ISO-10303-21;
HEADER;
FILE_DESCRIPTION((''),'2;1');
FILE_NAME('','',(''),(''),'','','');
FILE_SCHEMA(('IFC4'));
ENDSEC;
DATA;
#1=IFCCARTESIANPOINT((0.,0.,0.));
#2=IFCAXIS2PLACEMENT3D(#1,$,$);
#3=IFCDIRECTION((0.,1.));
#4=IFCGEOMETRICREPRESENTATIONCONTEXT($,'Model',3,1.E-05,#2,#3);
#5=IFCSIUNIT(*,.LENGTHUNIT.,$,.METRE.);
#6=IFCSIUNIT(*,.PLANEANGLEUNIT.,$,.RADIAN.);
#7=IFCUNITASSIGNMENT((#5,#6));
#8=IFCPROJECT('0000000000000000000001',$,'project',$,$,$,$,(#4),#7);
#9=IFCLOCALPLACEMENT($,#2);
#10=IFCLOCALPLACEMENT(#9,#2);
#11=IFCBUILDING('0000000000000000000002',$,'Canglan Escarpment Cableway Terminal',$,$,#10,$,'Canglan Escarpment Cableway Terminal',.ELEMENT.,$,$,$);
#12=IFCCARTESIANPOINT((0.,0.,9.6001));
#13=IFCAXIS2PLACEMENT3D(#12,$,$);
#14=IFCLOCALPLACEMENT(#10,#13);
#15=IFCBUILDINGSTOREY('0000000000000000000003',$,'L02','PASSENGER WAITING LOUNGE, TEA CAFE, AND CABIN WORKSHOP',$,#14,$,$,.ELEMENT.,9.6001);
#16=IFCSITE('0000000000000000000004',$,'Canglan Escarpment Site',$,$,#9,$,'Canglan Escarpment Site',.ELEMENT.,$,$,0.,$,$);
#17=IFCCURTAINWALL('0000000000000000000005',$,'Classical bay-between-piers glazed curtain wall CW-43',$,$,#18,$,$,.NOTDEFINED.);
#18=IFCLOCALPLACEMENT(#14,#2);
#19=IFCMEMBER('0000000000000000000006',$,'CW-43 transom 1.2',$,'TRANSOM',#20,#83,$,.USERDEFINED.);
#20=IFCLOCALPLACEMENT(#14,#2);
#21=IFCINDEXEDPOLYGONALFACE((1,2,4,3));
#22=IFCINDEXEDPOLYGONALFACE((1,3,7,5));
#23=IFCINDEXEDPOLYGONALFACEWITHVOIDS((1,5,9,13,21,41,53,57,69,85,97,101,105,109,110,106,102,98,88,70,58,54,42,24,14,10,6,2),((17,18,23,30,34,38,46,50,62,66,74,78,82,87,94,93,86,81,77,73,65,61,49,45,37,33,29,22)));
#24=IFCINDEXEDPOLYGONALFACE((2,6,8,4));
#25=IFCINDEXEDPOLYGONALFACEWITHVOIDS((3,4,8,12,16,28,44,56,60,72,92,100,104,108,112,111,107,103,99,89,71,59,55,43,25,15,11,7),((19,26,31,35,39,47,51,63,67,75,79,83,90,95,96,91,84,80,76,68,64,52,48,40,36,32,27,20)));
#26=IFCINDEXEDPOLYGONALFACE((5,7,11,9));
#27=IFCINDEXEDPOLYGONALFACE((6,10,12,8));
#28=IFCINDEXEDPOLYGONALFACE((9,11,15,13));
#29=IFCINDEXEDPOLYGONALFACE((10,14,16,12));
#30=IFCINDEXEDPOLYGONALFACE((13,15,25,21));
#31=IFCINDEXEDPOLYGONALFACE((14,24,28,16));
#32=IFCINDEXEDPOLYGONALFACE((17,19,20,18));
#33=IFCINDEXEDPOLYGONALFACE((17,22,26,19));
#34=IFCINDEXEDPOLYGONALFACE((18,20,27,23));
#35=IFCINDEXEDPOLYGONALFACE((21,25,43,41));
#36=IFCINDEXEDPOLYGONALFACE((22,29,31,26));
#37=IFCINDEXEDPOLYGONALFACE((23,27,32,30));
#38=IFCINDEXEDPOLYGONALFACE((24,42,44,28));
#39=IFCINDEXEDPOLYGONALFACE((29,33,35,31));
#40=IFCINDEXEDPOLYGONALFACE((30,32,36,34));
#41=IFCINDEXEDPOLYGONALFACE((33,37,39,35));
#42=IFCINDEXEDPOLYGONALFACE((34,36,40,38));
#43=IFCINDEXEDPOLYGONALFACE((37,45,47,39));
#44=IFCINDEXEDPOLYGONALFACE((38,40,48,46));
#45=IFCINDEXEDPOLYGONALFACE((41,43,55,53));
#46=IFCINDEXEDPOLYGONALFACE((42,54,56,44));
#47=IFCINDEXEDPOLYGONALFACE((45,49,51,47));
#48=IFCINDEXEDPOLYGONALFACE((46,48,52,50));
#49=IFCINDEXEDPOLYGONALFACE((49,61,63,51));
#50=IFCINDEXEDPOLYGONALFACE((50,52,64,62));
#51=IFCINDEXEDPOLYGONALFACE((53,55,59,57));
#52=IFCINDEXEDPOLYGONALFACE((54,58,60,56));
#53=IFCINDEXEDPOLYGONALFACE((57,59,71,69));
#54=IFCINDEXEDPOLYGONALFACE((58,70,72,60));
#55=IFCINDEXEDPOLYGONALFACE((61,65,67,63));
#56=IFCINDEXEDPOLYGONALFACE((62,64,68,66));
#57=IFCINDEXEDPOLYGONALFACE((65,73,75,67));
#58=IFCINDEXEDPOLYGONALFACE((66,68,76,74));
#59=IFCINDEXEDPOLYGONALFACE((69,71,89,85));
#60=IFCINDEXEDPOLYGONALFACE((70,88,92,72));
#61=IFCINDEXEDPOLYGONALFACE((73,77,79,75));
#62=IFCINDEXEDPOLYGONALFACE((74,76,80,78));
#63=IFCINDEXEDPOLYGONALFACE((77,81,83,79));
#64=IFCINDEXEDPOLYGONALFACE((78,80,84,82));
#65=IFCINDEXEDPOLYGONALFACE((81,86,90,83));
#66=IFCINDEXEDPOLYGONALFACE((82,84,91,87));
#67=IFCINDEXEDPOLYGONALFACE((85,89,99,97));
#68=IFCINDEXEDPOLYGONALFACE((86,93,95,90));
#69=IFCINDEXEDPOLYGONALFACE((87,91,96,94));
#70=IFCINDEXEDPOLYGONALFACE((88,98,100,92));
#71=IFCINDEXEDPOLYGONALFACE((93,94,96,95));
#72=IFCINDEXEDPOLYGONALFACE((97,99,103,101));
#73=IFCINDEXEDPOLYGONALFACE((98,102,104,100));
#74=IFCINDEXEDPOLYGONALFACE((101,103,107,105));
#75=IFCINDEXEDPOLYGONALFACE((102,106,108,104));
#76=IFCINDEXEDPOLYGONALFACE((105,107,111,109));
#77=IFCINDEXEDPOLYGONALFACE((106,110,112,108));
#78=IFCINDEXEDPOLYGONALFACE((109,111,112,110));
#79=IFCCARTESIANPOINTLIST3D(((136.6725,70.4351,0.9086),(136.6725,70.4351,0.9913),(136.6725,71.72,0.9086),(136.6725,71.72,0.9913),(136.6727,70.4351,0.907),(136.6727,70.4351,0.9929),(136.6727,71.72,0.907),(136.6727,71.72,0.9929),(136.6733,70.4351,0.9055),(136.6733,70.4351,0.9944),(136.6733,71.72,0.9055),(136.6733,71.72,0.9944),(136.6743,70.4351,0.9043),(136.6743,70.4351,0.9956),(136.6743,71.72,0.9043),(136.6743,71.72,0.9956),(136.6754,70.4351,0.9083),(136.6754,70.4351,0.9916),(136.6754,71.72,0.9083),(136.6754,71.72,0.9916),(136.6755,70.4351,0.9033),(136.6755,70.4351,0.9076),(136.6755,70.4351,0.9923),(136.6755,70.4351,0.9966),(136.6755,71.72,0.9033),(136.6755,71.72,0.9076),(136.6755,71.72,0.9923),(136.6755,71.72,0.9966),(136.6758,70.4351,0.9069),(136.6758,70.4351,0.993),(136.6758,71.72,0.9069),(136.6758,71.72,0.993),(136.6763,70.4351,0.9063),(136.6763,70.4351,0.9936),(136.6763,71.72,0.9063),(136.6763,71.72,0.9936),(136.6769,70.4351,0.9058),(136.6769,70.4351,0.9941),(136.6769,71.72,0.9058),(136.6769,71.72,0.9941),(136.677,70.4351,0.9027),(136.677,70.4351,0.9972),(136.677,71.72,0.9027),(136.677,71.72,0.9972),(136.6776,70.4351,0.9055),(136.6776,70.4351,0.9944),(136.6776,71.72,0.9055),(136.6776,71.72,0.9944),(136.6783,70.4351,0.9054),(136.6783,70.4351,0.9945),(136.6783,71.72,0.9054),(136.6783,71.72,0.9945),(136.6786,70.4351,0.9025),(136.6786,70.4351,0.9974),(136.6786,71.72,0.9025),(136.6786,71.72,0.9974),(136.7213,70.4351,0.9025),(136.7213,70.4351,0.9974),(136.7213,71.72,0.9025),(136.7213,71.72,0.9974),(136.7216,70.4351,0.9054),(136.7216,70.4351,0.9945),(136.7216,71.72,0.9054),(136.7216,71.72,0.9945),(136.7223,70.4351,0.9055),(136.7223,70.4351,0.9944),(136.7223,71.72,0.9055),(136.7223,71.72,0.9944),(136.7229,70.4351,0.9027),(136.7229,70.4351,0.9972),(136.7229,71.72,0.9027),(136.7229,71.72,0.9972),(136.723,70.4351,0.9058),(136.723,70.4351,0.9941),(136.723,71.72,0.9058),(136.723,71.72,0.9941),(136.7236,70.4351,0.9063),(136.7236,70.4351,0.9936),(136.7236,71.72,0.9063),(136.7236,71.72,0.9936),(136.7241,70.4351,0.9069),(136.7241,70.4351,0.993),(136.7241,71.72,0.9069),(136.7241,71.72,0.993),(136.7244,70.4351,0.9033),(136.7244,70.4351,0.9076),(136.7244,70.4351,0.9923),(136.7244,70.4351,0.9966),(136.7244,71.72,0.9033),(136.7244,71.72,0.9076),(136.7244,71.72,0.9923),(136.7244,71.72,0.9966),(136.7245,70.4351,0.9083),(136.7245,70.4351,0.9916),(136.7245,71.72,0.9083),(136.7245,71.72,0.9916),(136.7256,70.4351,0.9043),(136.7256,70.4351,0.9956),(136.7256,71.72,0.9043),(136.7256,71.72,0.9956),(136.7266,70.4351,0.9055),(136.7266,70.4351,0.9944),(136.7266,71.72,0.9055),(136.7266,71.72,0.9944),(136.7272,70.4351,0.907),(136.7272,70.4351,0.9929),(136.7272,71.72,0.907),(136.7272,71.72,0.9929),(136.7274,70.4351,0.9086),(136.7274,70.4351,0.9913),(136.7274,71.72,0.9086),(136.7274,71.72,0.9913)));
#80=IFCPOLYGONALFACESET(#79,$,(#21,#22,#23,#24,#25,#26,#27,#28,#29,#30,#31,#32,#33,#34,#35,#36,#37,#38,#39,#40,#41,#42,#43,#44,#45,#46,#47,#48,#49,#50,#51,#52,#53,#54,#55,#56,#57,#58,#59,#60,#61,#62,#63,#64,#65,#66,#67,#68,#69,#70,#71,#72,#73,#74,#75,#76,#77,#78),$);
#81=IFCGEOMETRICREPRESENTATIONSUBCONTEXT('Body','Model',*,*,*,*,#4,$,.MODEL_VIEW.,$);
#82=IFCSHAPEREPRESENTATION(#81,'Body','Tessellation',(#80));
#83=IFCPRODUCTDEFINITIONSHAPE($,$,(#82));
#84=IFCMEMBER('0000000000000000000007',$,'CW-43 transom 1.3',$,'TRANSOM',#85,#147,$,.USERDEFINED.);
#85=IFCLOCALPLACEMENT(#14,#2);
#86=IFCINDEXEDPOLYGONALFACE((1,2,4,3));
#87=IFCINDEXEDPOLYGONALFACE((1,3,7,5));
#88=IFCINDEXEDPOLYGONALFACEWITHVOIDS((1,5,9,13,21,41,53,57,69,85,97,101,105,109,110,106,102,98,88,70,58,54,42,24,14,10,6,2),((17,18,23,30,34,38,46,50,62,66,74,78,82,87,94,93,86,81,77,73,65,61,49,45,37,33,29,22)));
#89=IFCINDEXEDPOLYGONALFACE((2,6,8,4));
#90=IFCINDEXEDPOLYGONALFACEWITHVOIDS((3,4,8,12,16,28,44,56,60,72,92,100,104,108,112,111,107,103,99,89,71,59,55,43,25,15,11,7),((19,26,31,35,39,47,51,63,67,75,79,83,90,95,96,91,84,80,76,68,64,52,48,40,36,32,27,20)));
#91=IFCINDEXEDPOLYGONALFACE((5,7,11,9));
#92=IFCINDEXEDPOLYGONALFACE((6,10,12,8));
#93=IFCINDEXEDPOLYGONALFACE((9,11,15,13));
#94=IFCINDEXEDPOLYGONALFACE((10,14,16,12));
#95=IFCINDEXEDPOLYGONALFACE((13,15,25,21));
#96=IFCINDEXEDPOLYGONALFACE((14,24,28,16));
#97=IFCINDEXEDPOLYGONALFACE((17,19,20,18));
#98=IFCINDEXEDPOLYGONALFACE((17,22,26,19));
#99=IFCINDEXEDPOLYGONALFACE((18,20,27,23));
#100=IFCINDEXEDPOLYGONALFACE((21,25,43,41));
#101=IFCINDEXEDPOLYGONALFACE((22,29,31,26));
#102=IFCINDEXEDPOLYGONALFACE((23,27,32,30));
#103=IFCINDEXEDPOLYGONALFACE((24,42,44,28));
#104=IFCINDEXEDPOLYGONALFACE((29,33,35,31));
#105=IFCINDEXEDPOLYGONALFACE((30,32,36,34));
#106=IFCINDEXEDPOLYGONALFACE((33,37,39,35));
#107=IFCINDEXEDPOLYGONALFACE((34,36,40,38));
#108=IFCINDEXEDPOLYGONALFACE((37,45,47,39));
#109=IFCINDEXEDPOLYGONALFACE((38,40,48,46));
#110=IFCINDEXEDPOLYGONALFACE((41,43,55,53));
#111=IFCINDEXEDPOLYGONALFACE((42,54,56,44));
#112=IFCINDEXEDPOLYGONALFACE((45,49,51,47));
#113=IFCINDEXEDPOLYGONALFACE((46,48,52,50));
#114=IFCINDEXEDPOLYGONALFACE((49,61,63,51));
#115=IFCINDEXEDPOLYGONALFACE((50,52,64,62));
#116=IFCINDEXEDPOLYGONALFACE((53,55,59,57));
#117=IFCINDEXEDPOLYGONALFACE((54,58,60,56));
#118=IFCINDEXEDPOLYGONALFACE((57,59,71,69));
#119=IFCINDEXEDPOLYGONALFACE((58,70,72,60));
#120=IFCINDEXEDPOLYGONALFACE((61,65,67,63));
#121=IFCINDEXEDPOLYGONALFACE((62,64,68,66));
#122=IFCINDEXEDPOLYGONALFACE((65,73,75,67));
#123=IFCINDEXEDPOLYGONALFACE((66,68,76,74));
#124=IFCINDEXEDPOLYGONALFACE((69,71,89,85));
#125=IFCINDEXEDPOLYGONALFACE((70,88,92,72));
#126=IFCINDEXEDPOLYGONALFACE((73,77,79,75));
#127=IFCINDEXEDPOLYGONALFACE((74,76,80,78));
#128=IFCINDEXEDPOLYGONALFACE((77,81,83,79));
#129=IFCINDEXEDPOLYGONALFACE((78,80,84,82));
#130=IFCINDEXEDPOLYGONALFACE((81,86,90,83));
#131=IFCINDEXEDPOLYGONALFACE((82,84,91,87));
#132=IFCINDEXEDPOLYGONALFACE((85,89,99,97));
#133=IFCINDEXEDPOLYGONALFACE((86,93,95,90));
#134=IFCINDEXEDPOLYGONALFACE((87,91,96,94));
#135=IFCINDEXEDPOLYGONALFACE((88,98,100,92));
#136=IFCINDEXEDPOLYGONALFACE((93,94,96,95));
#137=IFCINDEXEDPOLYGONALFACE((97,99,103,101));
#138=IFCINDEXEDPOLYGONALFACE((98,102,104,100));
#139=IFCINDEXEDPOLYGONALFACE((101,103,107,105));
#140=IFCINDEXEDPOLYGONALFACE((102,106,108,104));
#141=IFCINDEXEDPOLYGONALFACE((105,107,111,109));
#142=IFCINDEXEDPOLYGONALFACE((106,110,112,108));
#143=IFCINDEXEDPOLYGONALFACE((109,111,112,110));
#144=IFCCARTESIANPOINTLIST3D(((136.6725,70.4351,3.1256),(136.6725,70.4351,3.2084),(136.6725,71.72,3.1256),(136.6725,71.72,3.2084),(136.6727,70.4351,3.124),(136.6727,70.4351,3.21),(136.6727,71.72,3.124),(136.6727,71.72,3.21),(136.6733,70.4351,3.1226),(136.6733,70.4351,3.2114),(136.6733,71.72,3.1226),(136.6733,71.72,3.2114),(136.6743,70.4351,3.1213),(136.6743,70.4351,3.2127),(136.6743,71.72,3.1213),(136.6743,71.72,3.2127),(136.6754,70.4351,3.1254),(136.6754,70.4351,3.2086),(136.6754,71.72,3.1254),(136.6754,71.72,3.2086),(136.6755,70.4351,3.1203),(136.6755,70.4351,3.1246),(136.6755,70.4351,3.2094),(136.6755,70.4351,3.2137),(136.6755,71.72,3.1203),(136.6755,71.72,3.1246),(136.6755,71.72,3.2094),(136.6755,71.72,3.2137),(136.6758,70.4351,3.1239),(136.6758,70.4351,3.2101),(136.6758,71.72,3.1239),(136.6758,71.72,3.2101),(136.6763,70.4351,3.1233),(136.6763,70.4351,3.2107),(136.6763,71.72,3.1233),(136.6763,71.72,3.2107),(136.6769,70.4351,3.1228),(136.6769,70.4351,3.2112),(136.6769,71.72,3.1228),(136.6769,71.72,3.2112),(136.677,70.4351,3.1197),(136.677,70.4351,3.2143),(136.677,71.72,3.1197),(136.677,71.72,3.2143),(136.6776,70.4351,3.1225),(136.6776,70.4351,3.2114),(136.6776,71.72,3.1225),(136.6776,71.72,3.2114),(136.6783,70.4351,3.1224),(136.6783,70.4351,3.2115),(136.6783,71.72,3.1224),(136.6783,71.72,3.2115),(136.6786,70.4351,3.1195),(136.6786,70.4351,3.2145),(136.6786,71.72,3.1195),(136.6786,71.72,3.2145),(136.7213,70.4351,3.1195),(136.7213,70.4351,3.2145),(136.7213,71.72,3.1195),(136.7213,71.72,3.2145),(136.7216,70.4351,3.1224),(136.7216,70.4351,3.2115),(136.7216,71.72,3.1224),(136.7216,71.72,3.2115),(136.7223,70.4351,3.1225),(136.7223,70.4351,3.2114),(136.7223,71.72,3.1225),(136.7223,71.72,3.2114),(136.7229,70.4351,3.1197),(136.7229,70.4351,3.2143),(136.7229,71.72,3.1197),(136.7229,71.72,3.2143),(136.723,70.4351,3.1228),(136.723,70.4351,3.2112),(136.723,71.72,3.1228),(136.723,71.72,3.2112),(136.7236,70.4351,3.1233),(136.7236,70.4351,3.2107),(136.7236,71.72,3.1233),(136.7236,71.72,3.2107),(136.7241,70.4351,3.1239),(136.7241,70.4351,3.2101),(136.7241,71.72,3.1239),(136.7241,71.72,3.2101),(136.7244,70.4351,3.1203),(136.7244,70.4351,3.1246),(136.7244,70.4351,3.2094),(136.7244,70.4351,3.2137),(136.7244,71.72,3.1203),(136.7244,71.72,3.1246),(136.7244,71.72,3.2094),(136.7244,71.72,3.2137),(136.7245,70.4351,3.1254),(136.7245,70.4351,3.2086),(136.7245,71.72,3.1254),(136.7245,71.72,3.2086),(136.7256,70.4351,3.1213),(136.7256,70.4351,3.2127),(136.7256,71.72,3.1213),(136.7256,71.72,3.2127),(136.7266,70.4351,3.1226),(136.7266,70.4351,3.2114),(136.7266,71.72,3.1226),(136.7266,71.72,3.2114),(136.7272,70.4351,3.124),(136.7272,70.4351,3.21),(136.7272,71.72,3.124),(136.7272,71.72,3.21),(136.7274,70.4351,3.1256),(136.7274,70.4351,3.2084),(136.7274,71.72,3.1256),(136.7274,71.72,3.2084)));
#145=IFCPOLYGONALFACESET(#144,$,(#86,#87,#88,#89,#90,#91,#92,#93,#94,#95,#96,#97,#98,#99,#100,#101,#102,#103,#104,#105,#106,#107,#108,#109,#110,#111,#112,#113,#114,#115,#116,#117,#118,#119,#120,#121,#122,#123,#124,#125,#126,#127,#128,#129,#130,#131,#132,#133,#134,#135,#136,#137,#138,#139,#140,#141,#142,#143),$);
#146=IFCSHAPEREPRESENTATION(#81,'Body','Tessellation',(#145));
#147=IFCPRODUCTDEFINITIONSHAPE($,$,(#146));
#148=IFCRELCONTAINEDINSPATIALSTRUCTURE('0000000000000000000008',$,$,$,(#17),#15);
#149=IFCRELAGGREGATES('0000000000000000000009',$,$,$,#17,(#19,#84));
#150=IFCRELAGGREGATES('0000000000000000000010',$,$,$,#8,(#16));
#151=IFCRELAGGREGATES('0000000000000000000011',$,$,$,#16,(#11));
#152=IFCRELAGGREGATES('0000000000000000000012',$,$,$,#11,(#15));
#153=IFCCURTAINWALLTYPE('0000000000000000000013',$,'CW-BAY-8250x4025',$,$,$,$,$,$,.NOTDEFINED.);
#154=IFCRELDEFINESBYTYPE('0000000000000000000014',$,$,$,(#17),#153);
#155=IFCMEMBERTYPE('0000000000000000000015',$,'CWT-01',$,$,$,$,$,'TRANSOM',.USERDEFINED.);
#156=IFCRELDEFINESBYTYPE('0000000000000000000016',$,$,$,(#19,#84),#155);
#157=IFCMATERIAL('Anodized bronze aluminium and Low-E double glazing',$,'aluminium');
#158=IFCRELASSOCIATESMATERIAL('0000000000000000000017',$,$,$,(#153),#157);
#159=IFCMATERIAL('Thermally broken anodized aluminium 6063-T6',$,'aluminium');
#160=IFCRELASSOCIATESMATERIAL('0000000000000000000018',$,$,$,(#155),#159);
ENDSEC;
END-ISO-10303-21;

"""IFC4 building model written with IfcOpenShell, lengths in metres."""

from ifc_helpers import new_model, si_unit, direction, frame, origin, origin_2d, place, context, subcontext, project, spatial, hollow_rectangle, extrude, material, material_profile, profile_set, type_object, element, aggregate, save


model = new_model("IFC4")

# Units and contexts
model_context = context("Model", 3, precision=1e-05, world=origin(), true_north=direction((0.0, 1.0)))
body_context = subcontext(model_context, "Body", "Model", "MODEL_VIEW")
ifc_project = project(units=[si_unit("LENGTHUNIT", "METRE"), si_unit("PLANEANGLEUNIT", "RADIAN")], contexts=[model_context])

# Site, building, storey
site_placement = place(None, origin())
site = spatial("IfcSite", under=ifc_project, at=site_placement, Name="Canglan Escarpment Site", LongName="Canglan Escarpment Site", CompositionType="ELEMENT", RefElevation=0.0)
building_placement = place(site_placement, origin())
building = spatial("IfcBuilding", under=site, at=building_placement, Name="Canglan Escarpment Cableway Terminal", LongName="Canglan Escarpment Cableway Terminal", CompositionType="ELEMENT")
storey_placement = place(building_placement, frame((0.0, 0.0, 9.6001)))
storey = spatial("IfcBuildingStorey", under=building, at=storey_placement, Name="L02", Description="PASSENGER WAITING LOUNGE, TEA CAFE, AND CABIN WORKSHOP", CompositionType="ELEMENT", Elevation=9.6001)

# Curtain wall
ifc_material_1 = material(Name="Anodized bronze aluminium and Low-E double glazing", Category="aluminium")
curtain_wall_type = type_object("IfcCurtainWallType", Name="CW-BAY-8250x4025", PredefinedType="NOTDEFINED", material=ifc_material_1)
curtain_wall_1_placement = place(storey_placement, origin())
curtain_wall_1 = element("IfcCurtainWall", 1, at=curtain_wall_1_placement, inside=storey, type_object=curtain_wall_type, Name="Classical bay-between-piers glazed curtain wall CW-43", PredefinedType="NOTDEFINED")
ifc_material_2 = material(Name="Thermally broken anodized aluminium 6063-T6", Category="aluminium")

# Members
ifc_material_profile_1 = material_profile(ifc_material_2, hollow_rectangle(XDim=0.0549, YDim=0.095, WallThickness=0.0029, InnerFilletRadius=0.0029, OuterFilletRadius=0.0061, at=origin_2d()), Name="ALU-TRAN 55x95x3")
ifc_profile_set_1 = profile_set([ifc_material_profile_1], Name="Thermally broken anodized aluminium 6063-T6")
member_type_1 = type_object("IfcMemberType", Name="CWT-01", ElementType="TRANSOM", PredefinedType="USERDEFINED", material=ifc_profile_set_1)
member_1_placement = place(storey_placement, frame((136.7, 70.4351, 0.95), z_axis=(0.0, 1.0, 0.0), x_axis=(-1.0, 0.0, 0.0)))
member_1 = element("IfcMember", 2, at=member_1_placement, type_object=member_type_1, Name="CW-43 transom 1.2", ObjectType="TRANSOM", PredefinedType="USERDEFINED", context=body_context, shape_type="SweptSolid", body=[
    extrude(hollow_rectangle(XDim=0.0549, YDim=0.095, WallThickness=0.0029, InnerFilletRadius=0.0029, OuterFilletRadius=0.0061, at=origin_2d()), origin(), (0.0, 0.0, 1.0), 1.2849),
])
member_2_placement = place(storey_placement, frame((136.7, 70.4351, 3.167), z_axis=(0.0, 1.0, 0.0), x_axis=(-1.0, 0.0, 0.0)))
member_2 = element("IfcMember", 3, at=member_2_placement, type_object=member_type_1, Name="CW-43 transom 1.3", ObjectType="TRANSOM", PredefinedType="USERDEFINED", context=body_context, shape_type="SweptSolid", body=[
    extrude(hollow_rectangle(XDim=0.0549, YDim=0.095, WallThickness=0.0029, InnerFilletRadius=0.0029, OuterFilletRadius=0.0061, at=origin_2d()), origin(), (0.0, 0.0, 1.0), 1.2849),
])

aggregate(curtain_wall_1, [member_1, member_2])

save(model, "model.ifc")
